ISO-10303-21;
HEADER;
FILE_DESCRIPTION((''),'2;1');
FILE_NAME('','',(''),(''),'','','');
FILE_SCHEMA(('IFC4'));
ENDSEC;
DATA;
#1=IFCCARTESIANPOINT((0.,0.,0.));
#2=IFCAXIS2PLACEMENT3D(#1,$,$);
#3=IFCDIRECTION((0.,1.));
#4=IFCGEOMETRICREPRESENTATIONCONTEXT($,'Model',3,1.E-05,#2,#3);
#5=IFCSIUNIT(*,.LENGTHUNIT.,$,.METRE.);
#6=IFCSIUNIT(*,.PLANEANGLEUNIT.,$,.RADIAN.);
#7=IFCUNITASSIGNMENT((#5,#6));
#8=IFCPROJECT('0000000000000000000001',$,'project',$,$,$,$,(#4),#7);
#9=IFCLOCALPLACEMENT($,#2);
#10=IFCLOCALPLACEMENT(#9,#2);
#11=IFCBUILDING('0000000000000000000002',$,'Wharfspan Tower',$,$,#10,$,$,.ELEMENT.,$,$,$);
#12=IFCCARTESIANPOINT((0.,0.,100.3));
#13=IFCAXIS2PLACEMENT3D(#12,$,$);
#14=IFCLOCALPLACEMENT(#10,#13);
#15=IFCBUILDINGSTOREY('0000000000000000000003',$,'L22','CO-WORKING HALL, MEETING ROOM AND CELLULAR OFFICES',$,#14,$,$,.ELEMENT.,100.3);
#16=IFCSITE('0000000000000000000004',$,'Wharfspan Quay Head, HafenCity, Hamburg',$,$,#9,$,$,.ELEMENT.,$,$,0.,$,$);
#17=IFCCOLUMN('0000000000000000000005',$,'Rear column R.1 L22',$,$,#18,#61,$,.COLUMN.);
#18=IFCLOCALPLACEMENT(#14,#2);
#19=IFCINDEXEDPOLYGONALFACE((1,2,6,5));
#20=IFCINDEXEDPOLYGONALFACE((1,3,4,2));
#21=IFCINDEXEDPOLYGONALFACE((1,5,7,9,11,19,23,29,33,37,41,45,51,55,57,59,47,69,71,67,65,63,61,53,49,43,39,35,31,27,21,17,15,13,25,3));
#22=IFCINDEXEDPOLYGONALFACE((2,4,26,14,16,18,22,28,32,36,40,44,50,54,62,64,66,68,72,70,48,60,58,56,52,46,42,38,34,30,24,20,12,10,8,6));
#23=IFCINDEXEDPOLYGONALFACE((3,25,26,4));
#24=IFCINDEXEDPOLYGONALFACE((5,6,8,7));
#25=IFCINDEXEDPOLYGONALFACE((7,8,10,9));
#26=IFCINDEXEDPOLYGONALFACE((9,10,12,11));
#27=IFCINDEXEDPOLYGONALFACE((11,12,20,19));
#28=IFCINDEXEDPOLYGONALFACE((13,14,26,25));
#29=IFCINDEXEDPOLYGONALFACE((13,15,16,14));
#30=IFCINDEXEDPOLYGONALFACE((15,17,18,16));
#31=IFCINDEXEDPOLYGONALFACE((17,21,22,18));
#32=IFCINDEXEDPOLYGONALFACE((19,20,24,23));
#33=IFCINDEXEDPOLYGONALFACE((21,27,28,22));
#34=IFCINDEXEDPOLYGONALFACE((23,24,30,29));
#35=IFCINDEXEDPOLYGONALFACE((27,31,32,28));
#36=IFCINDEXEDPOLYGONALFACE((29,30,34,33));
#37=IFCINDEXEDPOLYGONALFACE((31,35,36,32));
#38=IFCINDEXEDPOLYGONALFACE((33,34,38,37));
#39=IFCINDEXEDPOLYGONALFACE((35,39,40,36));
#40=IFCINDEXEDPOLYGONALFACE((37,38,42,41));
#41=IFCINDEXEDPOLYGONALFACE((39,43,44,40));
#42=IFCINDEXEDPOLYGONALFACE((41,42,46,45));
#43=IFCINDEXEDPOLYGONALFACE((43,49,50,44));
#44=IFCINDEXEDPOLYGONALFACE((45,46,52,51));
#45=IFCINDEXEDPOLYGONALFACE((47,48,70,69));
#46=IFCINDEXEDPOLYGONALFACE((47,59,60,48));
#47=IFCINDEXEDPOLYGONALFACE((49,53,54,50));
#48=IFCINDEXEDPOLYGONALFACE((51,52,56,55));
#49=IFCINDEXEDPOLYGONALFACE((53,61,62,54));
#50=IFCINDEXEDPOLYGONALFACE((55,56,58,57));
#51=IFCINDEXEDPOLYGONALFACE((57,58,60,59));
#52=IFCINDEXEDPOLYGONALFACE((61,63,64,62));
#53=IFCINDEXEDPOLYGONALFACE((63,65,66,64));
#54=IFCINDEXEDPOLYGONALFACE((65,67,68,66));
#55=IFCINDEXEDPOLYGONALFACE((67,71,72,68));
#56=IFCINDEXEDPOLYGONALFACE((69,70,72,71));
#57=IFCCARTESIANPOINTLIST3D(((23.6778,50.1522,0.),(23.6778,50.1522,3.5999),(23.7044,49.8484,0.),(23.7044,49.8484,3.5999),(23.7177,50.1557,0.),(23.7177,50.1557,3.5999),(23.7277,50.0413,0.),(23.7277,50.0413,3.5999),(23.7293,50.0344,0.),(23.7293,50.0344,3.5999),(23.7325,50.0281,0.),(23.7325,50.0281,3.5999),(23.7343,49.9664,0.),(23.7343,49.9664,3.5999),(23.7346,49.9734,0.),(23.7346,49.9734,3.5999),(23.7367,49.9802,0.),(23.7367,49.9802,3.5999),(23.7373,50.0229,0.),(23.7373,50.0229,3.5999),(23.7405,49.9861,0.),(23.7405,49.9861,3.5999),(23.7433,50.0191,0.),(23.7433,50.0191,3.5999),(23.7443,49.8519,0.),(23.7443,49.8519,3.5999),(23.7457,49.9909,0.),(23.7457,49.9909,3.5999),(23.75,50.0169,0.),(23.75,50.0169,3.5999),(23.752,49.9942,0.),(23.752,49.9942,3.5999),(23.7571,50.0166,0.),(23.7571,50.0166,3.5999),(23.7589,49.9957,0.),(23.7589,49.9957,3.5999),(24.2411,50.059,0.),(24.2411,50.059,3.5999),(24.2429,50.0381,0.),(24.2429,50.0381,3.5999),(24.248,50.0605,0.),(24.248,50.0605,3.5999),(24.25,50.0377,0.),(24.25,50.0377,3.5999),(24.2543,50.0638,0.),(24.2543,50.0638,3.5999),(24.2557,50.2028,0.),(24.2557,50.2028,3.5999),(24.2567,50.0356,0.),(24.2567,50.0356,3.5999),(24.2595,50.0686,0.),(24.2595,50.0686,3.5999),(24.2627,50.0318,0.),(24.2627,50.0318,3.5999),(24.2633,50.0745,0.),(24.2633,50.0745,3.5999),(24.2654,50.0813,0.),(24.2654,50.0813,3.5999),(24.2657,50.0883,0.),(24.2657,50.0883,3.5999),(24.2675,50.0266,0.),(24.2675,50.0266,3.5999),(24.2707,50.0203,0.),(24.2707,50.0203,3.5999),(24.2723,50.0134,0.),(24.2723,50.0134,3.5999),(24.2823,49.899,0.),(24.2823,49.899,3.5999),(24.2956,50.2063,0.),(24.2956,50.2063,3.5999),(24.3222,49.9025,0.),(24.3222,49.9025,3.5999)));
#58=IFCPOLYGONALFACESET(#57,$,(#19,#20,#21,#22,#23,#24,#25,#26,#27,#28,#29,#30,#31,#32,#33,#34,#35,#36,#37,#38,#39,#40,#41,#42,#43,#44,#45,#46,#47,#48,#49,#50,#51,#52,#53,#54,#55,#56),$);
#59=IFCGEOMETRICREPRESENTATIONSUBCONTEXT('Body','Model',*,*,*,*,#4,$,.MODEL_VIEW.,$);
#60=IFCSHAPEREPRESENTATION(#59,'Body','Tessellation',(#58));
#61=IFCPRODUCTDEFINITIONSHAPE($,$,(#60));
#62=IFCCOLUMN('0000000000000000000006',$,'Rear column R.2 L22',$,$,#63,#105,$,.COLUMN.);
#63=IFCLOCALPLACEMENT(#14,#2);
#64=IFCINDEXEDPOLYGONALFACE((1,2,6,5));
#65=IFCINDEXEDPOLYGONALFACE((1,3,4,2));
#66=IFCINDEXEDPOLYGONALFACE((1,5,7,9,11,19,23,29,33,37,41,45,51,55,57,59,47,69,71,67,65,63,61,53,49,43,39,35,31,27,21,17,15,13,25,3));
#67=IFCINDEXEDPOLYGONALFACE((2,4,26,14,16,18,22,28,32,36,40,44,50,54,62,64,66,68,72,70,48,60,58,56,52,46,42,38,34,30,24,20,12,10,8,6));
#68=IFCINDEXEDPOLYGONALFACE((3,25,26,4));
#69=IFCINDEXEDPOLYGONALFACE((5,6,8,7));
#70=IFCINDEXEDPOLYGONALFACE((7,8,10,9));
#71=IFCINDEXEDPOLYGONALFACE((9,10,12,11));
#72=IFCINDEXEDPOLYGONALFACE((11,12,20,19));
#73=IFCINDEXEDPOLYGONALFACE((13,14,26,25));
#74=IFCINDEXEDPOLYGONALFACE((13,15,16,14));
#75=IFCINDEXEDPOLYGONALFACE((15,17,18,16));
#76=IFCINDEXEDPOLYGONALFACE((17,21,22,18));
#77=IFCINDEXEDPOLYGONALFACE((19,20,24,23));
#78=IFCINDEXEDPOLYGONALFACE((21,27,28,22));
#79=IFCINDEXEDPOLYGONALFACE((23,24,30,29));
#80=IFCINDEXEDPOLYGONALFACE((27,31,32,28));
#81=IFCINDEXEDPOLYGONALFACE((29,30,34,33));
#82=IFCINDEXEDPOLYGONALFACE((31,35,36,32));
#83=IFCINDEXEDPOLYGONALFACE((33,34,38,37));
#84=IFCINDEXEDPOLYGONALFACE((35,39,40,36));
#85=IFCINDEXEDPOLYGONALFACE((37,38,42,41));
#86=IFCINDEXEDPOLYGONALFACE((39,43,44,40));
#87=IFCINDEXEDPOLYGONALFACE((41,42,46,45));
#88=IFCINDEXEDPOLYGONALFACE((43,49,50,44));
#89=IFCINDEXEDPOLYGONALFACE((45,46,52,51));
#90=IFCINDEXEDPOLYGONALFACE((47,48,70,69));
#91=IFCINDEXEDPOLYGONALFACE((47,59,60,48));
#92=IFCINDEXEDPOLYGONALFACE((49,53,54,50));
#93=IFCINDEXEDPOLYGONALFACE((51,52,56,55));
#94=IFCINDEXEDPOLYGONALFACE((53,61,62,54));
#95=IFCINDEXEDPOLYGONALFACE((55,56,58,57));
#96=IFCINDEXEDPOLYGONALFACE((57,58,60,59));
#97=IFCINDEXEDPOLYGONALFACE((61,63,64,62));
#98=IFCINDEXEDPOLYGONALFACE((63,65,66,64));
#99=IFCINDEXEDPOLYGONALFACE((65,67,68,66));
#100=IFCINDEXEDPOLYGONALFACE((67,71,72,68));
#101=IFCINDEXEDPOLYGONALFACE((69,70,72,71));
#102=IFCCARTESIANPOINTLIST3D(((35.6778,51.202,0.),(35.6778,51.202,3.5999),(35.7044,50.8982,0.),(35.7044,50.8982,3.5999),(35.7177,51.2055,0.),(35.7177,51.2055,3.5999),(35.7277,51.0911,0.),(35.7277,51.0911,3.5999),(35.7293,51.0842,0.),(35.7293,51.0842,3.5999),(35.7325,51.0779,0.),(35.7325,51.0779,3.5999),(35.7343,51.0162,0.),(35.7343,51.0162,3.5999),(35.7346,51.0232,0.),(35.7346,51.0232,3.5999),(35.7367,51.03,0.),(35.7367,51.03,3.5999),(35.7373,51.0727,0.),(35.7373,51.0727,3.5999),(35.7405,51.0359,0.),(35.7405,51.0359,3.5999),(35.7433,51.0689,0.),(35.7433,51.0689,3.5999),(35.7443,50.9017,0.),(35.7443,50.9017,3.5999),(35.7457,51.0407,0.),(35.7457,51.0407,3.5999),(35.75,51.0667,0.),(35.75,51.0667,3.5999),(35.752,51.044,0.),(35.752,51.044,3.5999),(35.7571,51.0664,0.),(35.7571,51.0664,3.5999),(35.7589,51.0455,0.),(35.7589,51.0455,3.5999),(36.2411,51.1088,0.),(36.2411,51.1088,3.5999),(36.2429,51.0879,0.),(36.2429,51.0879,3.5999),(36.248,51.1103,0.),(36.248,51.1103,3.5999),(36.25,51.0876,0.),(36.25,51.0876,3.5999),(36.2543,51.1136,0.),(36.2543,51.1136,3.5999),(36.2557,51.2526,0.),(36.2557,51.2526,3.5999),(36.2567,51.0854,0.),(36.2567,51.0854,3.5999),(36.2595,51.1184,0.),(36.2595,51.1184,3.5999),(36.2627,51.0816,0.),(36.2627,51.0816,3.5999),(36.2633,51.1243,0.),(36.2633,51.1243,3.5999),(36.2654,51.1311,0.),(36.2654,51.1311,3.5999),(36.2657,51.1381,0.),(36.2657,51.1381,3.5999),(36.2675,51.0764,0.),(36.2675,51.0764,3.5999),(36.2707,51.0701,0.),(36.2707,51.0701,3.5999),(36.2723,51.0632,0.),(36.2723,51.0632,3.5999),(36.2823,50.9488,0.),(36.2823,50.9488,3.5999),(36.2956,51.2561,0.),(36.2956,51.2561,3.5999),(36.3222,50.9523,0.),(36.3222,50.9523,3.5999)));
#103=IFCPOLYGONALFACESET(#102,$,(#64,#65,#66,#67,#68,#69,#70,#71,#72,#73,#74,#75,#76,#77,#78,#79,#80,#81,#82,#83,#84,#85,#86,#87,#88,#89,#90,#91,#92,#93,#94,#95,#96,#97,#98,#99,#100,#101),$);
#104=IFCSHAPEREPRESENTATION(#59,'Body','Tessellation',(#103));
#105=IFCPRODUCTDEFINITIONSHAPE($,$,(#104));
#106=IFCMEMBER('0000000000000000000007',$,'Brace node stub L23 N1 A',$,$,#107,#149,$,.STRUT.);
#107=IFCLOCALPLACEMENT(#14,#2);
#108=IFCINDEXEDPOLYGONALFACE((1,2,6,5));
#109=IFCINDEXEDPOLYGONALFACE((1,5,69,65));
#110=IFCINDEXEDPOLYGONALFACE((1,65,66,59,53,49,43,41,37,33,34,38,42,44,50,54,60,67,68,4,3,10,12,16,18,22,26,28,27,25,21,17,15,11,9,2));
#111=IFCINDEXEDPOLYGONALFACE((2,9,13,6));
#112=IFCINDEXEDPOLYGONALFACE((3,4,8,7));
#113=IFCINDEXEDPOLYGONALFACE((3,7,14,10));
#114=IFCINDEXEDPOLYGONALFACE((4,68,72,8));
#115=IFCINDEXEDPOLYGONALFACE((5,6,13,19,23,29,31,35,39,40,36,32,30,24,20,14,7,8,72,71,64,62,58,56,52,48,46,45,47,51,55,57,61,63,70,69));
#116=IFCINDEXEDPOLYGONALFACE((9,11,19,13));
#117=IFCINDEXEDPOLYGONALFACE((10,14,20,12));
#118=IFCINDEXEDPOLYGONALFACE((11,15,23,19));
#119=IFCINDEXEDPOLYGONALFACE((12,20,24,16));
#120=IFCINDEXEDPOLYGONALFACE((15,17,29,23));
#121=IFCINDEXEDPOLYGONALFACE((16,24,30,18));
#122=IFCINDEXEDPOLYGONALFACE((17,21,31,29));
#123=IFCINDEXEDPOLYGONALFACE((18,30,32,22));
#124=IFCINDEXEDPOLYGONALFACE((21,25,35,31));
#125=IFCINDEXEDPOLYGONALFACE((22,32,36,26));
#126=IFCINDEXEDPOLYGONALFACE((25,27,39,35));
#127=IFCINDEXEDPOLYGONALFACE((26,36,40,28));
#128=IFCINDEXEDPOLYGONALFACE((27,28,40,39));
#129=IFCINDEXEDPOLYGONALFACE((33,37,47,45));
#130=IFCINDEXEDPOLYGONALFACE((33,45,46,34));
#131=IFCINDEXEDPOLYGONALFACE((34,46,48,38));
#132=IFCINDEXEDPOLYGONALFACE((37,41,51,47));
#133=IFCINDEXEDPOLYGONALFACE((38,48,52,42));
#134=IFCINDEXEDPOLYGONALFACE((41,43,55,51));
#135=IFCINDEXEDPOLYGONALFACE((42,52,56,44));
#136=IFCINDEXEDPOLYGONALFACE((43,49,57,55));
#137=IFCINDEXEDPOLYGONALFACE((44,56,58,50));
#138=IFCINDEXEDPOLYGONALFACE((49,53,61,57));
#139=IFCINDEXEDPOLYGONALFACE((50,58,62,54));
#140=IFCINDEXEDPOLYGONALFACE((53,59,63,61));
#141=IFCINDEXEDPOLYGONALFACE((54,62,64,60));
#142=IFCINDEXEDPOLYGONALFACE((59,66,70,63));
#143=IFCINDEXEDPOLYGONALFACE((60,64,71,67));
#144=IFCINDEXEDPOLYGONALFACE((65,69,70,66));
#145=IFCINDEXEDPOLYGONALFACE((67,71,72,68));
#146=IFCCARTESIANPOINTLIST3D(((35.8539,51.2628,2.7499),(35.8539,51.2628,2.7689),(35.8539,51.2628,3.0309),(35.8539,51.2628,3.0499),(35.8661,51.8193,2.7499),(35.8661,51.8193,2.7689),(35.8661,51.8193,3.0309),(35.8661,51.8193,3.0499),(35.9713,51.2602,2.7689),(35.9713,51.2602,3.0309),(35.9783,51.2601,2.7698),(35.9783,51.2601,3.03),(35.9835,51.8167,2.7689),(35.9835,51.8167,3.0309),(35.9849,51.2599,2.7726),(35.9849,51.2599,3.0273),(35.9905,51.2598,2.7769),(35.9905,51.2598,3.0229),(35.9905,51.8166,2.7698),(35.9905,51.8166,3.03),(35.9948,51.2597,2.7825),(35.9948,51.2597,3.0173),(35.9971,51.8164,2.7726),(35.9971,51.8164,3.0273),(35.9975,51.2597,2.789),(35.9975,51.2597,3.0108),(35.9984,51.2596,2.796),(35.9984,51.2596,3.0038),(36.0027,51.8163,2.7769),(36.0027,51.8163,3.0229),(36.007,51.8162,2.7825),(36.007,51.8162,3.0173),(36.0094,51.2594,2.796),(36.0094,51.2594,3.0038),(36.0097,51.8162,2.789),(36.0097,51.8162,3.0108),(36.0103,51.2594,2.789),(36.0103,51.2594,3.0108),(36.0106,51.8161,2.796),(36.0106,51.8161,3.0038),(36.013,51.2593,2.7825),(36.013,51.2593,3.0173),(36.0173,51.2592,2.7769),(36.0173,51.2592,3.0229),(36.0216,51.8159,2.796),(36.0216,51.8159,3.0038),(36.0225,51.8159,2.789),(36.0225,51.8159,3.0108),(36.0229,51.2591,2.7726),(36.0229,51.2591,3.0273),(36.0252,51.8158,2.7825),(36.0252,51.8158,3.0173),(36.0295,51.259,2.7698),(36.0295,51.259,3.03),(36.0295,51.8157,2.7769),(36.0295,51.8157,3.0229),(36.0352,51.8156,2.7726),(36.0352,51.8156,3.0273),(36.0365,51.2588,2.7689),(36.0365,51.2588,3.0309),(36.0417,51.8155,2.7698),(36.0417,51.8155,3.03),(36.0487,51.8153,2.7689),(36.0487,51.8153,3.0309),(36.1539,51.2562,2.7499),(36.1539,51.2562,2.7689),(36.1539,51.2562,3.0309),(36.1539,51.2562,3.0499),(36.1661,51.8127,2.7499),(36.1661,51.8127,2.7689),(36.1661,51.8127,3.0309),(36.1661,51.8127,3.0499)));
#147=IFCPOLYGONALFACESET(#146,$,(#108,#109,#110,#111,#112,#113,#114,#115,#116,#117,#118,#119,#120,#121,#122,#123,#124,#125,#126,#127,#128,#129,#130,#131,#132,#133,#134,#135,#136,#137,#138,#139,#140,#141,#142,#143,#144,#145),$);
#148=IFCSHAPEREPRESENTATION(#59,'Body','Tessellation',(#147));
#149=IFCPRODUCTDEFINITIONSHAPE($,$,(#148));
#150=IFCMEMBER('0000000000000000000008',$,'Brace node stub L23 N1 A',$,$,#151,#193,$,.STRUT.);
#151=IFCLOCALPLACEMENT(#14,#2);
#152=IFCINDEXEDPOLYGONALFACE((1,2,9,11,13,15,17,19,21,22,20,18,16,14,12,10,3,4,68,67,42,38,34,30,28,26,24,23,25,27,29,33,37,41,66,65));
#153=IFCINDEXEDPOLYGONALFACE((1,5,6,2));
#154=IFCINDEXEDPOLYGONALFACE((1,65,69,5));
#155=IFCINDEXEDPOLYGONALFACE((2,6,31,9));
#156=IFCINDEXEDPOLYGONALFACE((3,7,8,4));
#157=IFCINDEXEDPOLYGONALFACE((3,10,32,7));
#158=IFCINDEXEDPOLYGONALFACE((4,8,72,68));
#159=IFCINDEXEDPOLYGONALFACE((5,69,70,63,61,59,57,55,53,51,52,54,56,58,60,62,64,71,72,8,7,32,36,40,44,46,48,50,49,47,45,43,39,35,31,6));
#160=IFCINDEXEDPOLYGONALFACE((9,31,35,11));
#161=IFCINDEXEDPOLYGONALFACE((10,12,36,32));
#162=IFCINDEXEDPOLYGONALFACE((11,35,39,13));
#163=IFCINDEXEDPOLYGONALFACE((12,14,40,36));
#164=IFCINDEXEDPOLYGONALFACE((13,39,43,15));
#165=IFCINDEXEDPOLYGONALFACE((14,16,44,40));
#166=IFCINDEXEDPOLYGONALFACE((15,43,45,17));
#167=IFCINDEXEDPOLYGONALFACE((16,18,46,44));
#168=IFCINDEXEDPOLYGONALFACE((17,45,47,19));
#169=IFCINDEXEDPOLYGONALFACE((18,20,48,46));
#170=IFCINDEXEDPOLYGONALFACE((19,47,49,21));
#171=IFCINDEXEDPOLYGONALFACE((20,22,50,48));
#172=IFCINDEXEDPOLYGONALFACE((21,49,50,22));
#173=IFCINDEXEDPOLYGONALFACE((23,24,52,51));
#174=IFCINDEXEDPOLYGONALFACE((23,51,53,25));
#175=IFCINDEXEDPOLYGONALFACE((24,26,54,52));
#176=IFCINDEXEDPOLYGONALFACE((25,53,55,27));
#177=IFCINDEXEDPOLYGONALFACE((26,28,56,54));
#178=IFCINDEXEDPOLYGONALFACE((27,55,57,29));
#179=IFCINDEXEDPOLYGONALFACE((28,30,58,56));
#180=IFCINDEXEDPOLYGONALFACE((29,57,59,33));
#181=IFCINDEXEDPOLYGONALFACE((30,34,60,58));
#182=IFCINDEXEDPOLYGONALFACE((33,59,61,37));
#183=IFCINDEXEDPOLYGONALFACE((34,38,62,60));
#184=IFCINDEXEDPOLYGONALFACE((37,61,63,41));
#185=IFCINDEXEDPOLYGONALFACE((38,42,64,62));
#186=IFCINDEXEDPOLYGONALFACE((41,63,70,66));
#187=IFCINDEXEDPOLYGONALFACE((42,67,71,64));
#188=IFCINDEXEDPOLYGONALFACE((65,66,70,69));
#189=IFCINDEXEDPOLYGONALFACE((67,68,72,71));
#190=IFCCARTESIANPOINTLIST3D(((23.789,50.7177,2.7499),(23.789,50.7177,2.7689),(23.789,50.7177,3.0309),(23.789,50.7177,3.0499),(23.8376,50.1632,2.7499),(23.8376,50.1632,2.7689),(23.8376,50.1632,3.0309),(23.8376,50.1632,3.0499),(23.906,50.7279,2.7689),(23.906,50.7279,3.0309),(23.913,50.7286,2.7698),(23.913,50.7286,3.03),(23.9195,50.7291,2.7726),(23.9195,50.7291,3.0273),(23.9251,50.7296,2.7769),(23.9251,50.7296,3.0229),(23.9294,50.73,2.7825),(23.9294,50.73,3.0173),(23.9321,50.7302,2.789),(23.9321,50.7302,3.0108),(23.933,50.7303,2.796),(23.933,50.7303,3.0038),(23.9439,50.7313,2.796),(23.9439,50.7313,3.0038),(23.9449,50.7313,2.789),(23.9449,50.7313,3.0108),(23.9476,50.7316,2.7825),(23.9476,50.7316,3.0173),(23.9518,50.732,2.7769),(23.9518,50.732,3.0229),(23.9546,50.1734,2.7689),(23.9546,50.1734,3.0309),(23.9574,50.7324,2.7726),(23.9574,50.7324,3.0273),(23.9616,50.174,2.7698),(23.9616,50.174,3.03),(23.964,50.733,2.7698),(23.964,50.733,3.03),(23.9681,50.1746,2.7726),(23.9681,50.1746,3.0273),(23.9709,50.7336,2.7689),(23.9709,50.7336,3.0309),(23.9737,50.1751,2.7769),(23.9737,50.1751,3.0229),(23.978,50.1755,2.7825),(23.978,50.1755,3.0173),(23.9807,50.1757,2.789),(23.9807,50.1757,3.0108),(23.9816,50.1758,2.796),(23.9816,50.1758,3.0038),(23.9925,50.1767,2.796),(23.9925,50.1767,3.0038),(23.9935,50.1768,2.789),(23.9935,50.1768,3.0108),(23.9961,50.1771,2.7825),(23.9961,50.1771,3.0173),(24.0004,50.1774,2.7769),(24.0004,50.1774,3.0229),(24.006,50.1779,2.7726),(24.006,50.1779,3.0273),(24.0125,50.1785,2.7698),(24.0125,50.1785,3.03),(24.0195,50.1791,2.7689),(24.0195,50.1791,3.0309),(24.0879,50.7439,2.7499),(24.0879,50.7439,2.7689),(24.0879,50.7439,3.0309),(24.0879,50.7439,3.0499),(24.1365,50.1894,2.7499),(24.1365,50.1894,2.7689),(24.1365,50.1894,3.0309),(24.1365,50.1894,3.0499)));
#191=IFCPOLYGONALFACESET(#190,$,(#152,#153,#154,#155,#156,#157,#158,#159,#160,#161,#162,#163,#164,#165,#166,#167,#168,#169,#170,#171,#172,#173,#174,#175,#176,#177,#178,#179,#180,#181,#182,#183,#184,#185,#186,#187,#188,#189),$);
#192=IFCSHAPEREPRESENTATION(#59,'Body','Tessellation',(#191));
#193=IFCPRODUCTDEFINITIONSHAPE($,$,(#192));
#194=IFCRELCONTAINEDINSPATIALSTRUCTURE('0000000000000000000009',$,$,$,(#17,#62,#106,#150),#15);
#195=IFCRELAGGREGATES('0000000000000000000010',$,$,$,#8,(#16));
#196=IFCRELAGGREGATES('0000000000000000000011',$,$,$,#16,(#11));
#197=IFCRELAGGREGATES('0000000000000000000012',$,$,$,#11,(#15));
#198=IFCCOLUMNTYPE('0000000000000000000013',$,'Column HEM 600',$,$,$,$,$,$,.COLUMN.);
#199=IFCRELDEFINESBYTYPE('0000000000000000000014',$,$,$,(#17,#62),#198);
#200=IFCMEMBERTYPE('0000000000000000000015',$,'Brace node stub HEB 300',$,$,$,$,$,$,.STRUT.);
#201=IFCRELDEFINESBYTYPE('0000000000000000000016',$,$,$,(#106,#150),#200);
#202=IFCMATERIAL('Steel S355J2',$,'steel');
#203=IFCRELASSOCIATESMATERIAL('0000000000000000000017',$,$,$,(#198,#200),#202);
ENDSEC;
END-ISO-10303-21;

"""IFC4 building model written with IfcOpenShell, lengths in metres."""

from ifc_helpers import new_model, si_unit, direction, frame, origin, origin_2d, place, context, subcontext, project, spatial, i_section, extrude, material, material_profile, profile_set, type_object, element, save


model = new_model("IFC4")

# Units and contexts
model_context = context("Model", 3, precision=1e-05, world=origin(), true_north=direction((0.0, 1.0)))
body_context = subcontext(model_context, "Body", "Model", "MODEL_VIEW")
ifc_project = project(units=[si_unit("LENGTHUNIT", "METRE"), si_unit("PLANEANGLEUNIT", "RADIAN")], contexts=[model_context])

# Site, building, storey
site_placement = place(None, origin())
site = spatial("IfcSite", under=ifc_project, at=site_placement, Name="Wharfspan Quay Head, HafenCity, Hamburg", CompositionType="ELEMENT", RefElevation=0.0)
building_placement = place(site_placement, origin())
building = spatial("IfcBuilding", under=site, at=building_placement, Name="Wharfspan Tower", CompositionType="ELEMENT")
storey_placement = place(building_placement, frame((0.0, 0.0, 100.3)))
storey = spatial("IfcBuildingStorey", under=building, at=storey_placement, Name="L22", Description="CO-WORKING HALL, MEETING ROOM AND CELLULAR OFFICES", CompositionType="ELEMENT", Elevation=100.3)

# Columns
ifc_material_1 = material(Name="Steel S355J2", Category="steel")
ifc_material_profile_1 = material_profile(ifc_material_1, i_section(OverallWidth=0.3049, OverallDepth=0.6201, WebThickness=0.021, FlangeThickness=0.04, FilletRadius=0.0271, at=origin_2d()))
ifc_profile_set_1 = profile_set([ifc_material_profile_1], Name="Steel S355J2")
column_type = type_object("IfcColumnType", Name="Column HEM 600", PredefinedType="COLUMN", material=ifc_profile_set_1)
for number, where, z_axis, x_axis, name in (
    (1, (24.0, 50.0273, 0.0), (0.0, 0.0, 1.0), (-0.087156, 0.996198, 0.0), "Rear column R.1 L22"),
    (2, (36.0, 51.0771, 0.0), (0.0, 0.0, 1.0), (-0.087156, 0.996198, 0.0), "Rear column R.2 L22"),
):
    element("IfcColumn", number, at=place(storey_placement, frame(where, z_axis=z_axis, x_axis=x_axis)), inside=storey, type_object=column_type, Name=name, PredefinedType="COLUMN", context=body_context, shape_type="SweptSolid", body=[
        extrude(i_section(OverallWidth=0.3049, OverallDepth=0.6201, WebThickness=0.021, FlangeThickness=0.04, FilletRadius=0.0271, at=origin_2d()), origin(), (0.0, 0.0, 1.0), 3.5999),
    ])

# Members
ifc_material_profile_2 = material_profile(ifc_material_1, i_section(OverallWidth=0.3, OverallDepth=0.3, WebThickness=0.011, FlangeThickness=0.019, FilletRadius=0.0271, at=origin_2d()))
ifc_profile_set_2 = profile_set([ifc_material_profile_2], Name="Steel S355J2")
member_type_1 = type_object("IfcMemberType", Name="Brace node stub HEB 300", PredefinedType="STRUT", material=ifc_profile_set_2)
for number, where, z_axis, x_axis, name in (
    (3, (36.0039, 51.2595, 2.8999), (0.021934, 0.999759, 0.0), (-0.999759, 0.021934, 0.0), "Brace node stub L23 N1 A"),
    (4, (23.9871, 50.1763, 2.8999), (-0.087292, 0.996183, 0.0), (-0.996183, -0.087292, 0.0), "Brace node stub L23 N1 A"),
):
    element("IfcMember", number, at=place(storey_placement, frame(where, z_axis=z_axis, x_axis=x_axis)), inside=storey, type_object=member_type_1, Name=name, PredefinedType="STRUT", context=body_context, shape_type="SweptSolid", body=[
        extrude(i_section(OverallWidth=0.3, OverallDepth=0.3, WebThickness=0.011, FlangeThickness=0.019, FilletRadius=0.0271, at=origin_2d()), origin(), (0.0, 0.0, 1.0), 0.5566),
    ])

save(model, "model.ifc")
